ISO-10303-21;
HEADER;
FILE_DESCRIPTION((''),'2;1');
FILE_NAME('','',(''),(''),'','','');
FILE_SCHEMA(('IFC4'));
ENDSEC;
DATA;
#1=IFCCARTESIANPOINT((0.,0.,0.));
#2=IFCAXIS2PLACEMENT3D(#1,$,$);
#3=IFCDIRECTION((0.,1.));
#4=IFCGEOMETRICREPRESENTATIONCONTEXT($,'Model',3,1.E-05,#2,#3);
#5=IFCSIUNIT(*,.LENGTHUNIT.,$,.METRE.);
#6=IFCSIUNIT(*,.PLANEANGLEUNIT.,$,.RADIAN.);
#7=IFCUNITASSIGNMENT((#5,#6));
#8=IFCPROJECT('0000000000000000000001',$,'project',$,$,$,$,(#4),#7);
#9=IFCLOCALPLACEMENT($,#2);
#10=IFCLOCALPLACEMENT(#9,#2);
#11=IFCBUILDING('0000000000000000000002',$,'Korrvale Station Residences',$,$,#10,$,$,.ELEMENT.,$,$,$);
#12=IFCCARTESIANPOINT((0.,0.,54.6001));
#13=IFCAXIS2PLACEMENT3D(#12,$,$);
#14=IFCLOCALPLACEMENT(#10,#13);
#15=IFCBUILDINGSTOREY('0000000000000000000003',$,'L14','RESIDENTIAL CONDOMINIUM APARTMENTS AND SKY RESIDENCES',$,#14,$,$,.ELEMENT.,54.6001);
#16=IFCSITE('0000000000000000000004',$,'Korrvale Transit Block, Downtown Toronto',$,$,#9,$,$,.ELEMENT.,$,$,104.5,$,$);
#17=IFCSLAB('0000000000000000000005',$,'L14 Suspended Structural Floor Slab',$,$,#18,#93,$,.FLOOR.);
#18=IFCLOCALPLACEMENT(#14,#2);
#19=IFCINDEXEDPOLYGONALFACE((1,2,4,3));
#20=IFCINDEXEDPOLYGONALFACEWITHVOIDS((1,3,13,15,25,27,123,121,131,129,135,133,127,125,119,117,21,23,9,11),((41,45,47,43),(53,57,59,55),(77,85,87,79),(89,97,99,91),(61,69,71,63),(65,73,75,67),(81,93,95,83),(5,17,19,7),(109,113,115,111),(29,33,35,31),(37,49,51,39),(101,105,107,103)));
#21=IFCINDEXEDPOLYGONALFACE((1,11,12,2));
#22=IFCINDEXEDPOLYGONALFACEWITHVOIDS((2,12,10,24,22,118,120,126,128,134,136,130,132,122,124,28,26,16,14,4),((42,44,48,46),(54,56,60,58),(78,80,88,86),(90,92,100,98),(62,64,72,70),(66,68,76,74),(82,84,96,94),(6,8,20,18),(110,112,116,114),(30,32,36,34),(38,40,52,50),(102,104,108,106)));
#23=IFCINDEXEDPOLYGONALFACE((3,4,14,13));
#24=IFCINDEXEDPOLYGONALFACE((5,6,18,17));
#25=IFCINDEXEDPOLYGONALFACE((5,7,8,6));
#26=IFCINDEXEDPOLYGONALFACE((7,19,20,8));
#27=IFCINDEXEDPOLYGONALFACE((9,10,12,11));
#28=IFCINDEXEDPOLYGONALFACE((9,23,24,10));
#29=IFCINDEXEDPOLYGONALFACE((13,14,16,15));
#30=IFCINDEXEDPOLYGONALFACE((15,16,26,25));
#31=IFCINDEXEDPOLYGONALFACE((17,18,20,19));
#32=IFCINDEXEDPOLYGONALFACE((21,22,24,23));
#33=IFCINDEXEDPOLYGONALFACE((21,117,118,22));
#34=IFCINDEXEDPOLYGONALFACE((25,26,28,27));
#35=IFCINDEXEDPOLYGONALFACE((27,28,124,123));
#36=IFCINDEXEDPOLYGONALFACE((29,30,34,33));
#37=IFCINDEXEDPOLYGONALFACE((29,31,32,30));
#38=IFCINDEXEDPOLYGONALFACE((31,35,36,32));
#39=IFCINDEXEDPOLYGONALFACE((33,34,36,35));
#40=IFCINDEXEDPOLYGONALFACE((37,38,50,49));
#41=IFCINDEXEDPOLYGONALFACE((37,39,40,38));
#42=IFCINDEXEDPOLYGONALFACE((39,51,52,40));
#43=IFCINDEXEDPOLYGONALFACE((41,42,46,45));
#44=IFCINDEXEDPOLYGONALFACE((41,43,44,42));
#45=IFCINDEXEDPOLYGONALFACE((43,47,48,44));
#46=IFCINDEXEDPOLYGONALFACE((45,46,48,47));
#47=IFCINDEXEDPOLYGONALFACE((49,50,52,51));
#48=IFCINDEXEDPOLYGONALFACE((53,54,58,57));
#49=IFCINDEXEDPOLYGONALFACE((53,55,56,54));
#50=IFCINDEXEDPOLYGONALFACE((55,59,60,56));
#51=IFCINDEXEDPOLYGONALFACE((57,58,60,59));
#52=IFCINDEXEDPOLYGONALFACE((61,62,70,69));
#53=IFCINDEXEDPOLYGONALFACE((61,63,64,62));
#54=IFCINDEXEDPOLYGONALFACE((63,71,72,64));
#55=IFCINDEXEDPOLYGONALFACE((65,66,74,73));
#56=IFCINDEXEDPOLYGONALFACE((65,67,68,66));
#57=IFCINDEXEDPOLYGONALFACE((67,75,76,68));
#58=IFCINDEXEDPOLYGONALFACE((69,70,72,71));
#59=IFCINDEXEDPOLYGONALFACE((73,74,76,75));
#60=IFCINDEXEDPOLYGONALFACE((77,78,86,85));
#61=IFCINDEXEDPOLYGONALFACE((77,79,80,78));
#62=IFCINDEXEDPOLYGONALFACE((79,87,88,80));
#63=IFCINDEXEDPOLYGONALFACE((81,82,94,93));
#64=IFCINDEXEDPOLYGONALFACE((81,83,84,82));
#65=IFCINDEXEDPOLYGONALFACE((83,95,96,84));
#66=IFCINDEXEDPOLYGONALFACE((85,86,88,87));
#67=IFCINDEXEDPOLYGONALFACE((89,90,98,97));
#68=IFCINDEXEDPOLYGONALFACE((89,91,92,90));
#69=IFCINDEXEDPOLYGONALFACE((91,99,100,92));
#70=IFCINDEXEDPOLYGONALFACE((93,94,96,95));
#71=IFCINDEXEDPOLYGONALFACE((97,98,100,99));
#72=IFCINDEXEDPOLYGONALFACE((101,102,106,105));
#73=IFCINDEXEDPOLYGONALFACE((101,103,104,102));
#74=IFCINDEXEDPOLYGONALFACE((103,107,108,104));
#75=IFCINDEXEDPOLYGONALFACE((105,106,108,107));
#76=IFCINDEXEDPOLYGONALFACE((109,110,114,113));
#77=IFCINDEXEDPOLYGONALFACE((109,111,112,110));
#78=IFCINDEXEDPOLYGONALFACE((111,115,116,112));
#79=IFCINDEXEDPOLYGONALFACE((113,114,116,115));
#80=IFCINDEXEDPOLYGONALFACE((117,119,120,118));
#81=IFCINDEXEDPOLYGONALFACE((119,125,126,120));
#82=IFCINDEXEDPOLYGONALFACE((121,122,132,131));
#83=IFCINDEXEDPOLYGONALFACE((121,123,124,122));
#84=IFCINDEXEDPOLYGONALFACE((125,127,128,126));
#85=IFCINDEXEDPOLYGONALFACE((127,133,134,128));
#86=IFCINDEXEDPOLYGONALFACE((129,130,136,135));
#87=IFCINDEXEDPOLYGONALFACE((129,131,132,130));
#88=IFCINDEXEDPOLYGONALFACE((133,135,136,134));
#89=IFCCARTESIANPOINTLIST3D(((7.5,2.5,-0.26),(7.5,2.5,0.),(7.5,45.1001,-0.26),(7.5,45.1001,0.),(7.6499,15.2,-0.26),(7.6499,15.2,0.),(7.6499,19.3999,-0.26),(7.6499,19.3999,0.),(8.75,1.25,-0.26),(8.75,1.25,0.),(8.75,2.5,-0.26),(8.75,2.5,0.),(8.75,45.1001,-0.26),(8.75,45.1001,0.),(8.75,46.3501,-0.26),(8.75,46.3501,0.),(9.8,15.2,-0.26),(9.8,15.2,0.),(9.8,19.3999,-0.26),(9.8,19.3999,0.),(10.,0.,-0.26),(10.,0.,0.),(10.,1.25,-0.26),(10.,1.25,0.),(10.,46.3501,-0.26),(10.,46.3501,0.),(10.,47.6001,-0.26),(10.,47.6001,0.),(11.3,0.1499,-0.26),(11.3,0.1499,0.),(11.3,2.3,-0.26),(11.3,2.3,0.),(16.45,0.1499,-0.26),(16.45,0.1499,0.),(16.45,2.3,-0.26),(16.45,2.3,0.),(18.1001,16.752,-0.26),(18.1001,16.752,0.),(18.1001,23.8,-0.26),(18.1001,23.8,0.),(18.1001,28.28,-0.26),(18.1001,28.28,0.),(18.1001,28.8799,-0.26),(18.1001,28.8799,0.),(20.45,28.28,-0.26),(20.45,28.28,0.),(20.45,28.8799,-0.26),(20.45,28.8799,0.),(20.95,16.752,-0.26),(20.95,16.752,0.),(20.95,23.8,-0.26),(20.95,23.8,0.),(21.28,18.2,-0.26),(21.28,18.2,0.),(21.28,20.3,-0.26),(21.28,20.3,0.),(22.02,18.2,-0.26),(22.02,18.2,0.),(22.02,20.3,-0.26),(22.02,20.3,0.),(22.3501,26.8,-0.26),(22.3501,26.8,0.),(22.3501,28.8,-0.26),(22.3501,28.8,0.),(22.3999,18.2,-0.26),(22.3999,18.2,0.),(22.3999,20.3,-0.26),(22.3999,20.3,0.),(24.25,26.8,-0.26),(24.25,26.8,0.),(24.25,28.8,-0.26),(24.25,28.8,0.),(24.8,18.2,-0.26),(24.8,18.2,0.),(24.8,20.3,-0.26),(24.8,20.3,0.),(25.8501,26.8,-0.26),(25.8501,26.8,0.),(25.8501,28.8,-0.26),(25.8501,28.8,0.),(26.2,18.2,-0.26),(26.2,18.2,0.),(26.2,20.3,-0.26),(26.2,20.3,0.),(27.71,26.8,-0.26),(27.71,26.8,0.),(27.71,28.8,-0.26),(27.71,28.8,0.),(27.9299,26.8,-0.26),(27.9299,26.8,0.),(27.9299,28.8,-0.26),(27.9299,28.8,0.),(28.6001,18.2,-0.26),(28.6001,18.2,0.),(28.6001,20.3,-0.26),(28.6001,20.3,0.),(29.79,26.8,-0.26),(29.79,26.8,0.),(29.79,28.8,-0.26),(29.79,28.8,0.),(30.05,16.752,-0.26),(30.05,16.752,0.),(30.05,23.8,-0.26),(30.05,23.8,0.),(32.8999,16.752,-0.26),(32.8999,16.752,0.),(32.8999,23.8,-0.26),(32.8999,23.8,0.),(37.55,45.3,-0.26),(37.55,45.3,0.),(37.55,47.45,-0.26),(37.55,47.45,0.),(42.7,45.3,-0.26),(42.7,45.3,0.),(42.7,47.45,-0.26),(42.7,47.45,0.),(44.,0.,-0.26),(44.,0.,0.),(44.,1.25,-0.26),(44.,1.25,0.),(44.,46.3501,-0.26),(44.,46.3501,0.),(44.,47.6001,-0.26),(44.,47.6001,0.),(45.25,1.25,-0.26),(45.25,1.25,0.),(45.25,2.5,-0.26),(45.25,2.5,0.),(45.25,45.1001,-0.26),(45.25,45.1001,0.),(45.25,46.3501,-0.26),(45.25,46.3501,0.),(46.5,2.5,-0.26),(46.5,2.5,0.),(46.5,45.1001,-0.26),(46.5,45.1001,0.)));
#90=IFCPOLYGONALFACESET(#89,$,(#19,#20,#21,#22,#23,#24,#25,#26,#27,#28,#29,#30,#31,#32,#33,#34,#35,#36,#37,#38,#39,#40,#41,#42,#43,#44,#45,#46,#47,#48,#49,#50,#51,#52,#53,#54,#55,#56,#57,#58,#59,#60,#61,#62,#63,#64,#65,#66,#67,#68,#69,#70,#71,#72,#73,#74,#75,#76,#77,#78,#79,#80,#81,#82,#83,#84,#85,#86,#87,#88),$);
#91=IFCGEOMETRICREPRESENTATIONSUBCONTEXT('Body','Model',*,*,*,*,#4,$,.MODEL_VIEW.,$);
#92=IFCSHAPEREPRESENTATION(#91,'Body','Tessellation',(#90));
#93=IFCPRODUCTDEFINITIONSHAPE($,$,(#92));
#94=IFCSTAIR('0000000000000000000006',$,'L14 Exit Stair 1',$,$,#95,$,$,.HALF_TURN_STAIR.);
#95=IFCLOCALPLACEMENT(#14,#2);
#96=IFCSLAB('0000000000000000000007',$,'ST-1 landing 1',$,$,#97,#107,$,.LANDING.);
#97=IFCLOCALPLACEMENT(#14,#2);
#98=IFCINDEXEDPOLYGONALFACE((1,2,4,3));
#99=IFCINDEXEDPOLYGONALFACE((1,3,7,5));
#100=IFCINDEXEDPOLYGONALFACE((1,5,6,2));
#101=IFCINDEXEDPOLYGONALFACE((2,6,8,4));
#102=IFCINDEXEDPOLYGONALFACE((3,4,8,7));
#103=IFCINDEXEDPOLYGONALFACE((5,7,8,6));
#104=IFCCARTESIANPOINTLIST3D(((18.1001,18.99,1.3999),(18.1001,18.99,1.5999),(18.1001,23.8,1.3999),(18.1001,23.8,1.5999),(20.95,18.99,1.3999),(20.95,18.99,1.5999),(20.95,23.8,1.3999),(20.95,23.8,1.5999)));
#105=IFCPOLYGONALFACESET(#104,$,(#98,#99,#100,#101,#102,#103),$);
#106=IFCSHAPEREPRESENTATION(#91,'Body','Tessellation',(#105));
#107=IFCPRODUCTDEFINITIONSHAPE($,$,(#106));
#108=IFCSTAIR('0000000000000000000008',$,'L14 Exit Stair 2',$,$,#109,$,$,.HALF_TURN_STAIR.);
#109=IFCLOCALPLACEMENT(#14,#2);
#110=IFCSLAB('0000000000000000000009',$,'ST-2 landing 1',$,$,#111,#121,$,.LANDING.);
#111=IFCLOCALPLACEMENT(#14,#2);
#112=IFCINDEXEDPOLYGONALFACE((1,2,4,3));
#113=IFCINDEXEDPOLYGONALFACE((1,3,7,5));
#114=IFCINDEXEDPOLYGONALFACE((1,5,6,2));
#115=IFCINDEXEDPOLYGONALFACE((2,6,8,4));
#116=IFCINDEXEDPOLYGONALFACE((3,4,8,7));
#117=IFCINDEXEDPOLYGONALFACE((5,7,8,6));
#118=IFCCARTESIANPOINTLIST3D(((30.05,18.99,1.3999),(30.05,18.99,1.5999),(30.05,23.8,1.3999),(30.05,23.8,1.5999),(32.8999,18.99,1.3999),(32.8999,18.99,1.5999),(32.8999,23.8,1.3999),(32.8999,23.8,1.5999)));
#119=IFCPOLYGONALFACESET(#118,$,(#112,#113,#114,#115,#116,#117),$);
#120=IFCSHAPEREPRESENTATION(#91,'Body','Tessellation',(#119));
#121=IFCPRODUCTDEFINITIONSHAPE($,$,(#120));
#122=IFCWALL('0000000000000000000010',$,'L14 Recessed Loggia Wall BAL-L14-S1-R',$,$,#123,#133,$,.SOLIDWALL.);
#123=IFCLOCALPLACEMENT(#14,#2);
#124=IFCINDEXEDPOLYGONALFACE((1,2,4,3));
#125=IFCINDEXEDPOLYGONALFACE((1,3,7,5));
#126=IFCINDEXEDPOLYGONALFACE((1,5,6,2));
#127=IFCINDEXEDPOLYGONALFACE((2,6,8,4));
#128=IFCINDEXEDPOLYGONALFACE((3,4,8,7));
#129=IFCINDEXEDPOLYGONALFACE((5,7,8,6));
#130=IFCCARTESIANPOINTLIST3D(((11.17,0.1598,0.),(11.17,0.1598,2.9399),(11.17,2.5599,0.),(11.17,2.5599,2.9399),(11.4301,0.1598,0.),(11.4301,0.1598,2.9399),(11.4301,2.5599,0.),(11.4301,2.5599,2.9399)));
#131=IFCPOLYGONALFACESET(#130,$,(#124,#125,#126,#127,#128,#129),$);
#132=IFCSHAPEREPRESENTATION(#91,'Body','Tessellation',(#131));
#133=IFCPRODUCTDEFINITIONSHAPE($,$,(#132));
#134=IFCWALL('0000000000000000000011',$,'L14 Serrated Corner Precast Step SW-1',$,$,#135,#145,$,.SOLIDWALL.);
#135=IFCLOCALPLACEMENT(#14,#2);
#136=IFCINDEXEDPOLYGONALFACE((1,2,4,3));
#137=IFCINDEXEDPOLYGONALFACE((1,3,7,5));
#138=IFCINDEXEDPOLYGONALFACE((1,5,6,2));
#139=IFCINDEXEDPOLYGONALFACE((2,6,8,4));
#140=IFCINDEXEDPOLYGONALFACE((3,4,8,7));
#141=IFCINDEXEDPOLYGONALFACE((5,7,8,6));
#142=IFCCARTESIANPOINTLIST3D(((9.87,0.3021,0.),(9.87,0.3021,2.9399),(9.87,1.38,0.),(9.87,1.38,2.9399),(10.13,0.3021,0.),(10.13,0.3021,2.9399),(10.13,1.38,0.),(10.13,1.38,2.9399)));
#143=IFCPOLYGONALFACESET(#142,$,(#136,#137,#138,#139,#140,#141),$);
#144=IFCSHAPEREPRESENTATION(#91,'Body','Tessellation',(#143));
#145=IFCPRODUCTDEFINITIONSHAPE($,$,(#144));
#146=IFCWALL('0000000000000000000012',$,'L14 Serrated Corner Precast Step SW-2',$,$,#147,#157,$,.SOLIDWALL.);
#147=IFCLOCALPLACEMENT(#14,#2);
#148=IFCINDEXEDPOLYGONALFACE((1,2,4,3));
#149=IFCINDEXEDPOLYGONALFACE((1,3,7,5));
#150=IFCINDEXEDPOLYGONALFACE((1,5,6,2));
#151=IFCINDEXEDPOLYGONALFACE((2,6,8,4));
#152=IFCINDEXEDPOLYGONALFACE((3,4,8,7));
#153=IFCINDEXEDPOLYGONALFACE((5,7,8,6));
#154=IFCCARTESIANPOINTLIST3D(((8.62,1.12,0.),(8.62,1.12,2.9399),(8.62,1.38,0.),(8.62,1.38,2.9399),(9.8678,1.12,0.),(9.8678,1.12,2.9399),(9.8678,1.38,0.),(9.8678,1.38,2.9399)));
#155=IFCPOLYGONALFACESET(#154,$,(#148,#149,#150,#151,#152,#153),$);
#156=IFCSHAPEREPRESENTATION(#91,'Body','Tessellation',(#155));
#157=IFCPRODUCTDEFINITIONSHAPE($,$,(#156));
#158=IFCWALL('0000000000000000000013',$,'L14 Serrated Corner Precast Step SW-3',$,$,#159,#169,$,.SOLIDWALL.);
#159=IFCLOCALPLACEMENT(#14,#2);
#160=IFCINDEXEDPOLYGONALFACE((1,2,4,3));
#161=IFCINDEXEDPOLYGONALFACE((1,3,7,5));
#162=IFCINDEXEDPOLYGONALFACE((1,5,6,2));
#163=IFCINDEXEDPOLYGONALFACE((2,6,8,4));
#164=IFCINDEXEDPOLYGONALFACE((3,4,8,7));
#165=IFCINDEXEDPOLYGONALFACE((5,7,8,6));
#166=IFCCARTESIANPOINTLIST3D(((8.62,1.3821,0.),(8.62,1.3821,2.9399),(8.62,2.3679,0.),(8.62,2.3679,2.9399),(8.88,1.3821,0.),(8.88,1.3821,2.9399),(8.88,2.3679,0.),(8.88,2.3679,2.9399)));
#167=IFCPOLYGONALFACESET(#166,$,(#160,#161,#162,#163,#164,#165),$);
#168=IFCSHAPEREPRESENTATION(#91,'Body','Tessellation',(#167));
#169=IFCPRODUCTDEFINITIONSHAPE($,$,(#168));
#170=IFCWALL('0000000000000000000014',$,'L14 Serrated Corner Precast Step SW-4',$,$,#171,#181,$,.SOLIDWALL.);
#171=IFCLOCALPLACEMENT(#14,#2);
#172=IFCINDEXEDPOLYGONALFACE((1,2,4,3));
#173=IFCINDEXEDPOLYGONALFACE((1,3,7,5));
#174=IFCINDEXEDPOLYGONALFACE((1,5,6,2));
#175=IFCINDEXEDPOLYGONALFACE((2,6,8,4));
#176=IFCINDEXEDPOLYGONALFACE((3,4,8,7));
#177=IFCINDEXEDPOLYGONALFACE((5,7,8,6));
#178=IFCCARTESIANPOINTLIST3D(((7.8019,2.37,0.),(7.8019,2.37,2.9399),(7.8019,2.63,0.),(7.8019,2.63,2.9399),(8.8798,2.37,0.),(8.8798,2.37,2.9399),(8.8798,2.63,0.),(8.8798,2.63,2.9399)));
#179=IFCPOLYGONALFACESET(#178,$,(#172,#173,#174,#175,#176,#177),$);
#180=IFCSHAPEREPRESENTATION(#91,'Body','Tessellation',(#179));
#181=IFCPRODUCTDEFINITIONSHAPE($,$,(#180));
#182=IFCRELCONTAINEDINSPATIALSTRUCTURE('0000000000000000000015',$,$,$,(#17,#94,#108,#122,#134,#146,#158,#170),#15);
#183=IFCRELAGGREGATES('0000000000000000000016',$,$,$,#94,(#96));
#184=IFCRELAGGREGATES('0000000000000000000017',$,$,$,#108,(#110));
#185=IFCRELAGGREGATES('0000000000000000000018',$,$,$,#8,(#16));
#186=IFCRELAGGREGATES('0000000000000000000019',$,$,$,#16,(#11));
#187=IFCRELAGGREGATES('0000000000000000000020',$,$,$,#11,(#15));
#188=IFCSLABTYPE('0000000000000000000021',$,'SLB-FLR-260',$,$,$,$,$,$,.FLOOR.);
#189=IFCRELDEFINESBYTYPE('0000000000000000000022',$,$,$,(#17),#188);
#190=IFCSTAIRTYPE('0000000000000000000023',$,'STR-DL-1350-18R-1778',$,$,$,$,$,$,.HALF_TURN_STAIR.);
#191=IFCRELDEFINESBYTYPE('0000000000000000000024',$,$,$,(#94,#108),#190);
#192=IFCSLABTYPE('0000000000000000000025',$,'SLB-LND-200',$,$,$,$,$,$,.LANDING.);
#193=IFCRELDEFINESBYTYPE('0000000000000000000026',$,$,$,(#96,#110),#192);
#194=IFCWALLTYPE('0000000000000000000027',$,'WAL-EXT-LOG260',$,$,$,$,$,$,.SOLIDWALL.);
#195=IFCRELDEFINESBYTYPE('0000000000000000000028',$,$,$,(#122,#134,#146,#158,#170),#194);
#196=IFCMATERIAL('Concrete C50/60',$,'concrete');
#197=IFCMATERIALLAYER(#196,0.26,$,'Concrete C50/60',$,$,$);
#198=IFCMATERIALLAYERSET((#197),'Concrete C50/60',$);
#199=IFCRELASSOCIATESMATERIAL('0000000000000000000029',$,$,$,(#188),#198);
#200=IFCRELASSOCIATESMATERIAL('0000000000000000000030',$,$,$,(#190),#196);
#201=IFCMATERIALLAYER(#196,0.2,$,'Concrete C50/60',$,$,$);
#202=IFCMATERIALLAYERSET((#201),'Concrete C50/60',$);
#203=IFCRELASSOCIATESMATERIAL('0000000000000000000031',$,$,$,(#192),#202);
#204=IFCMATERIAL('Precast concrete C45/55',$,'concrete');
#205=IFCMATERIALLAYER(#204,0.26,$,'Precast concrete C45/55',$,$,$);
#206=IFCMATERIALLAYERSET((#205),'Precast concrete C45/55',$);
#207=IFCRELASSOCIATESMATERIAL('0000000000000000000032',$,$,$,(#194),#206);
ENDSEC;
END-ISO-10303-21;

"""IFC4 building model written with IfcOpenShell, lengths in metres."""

from ifc_helpers import new_model, si_unit, direction, frame, frame_2d, origin, place, context, subcontext, project, spatial, polyline, rectangle, outline, extrude, material, layer, layer_set, type_object, element, aggregate, save


model = new_model("IFC4")

# Units and contexts
model_context = context("Model", 3, precision=1e-05, world=origin(), true_north=direction((0.0, 1.0)))
body_context = subcontext(model_context, "Body", "Model", "MODEL_VIEW")
ifc_project = project(units=[si_unit("LENGTHUNIT", "METRE"), si_unit("PLANEANGLEUNIT", "RADIAN")], contexts=[model_context])

# Site, building, storey
site_placement = place(None, origin())
site = spatial("IfcSite", under=ifc_project, at=site_placement, Name="Korrvale Transit Block, Downtown Toronto", CompositionType="ELEMENT", RefElevation=104.5)
building_placement = place(site_placement, origin())
building = spatial("IfcBuilding", under=site, at=building_placement, Name="Korrvale Station Residences", CompositionType="ELEMENT")
storey_placement = place(building_placement, frame((0.0, 0.0, 54.6001)))
storey = spatial("IfcBuildingStorey", under=building, at=storey_placement, Name="L14", Description="RESIDENTIAL CONDOMINIUM APARTMENTS AND SKY RESIDENCES", CompositionType="ELEMENT", Elevation=54.6001)

# Slab
ifc_material_1 = material(Name="Concrete C50/60", Category="concrete")
ifc_layer_1 = layer(ifc_material_1, 0.26, Name="Concrete C50/60")
ifc_layer_set_1 = layer_set([ifc_layer_1], Name="Concrete C50/60")
slab_type_1 = type_object("IfcSlabType", Name="SLB-FLR-260", PredefinedType="FLOOR", material=ifc_layer_set_1)
slab_1_placement = place(storey_placement, frame((0.0, 0.0, -0.26)))
element("IfcSlab", 1, at=slab_1_placement, inside=storey, type_object=slab_type_1, Name="L14 Suspended Structural Floor Slab", PredefinedType="FLOOR", context=body_context, shape_type="SweptSolid", body=[
    extrude(outline(polyline([(10.0, 0.0), (44.0, 0.0), (44.0, 1.25), (45.25, 1.25), (45.25, 2.5), (46.5, 2.5), (46.5, 45.1001), (45.25, 45.1001), (45.25, 46.3501), (44.0, 46.3501), (44.0, 47.6001), (10.0, 47.6001), (10.0, 46.3501), (8.75, 46.3501), (8.75, 45.1001), (7.5, 45.1001), (7.5, 2.5), (8.75, 2.5), (8.75, 1.25), (10.0, 1.25), (10.0, 0.0)]), holes=[polyline([(20.95, 16.752), (20.95, 23.8), (18.1001, 23.8), (18.1001, 16.752), (20.95, 16.752)]), polyline([(32.8999, 16.752), (32.8999, 23.8), (30.05, 23.8), (30.05, 16.752), (32.8999, 16.752)]), polyline([(22.3501, 26.8), (24.25, 26.8), (24.25, 28.8), (22.3501, 28.8), (22.3501, 26.8)]), polyline([(25.8501, 26.8), (27.71, 26.8), (27.71, 28.8), (25.8501, 28.8), (25.8501, 26.8)]), polyline([(27.9299, 26.8), (29.79, 26.8), (29.79, 28.8), (27.9299, 28.8), (27.9299, 26.8)]), polyline([(22.3999, 18.2), (24.8, 18.2), (24.8, 20.3), (22.3999, 20.3), (22.3999, 18.2)]), polyline([(26.2, 18.2), (28.6001, 18.2), (28.6001, 20.3), (26.2, 20.3), (26.2, 18.2)]), polyline([(18.1001, 28.28), (20.45, 28.28), (20.45, 28.8799), (18.1001, 28.8799), (18.1001, 28.28)]), polyline([(21.28, 18.2), (22.02, 18.2), (22.02, 20.3), (21.28, 20.3), (21.28, 18.2)]), polyline([(11.3, 0.1499), (16.45, 0.1499), (16.45, 2.3), (11.3, 2.3), (11.3, 0.1499)]), polyline([(37.55, 45.3), (42.7, 45.3), (42.7, 47.45), (37.55, 47.45), (37.55, 45.3)]), polyline([(7.6499, 15.2), (9.8, 15.2), (9.8, 19.3999), (7.6499, 19.3999), (7.6499, 15.2)])]), origin(), (0.0, 0.0, 1.0), 0.26),
])

# Stairs, slabs
stair_type = type_object("IfcStairType", Name="STR-DL-1350-18R-1778", PredefinedType="HALF_TURN_STAIR", material=ifc_material_1)
stair_1_placement = place(storey_placement, origin())
stair_1 = element("IfcStair", 2, at=stair_1_placement, inside=storey, type_object=stair_type, Name="L14 Exit Stair 1", PredefinedType="HALF_TURN_STAIR")
ifc_layer_2 = layer(ifc_material_1, 0.2, Name="Concrete C50/60")
ifc_layer_set_2 = layer_set([ifc_layer_2], Name="Concrete C50/60")
slab_type_2 = type_object("IfcSlabType", Name="SLB-LND-200", PredefinedType="LANDING", material=ifc_layer_set_2)
slab_2_placement = place(storey_placement, frame((0.0, 0.0, 1.3999)))
slab_2 = element("IfcSlab", 3, at=slab_2_placement, type_object=slab_type_2, Name="ST-1 landing 1", PredefinedType="LANDING", context=body_context, shape_type="SweptSolid", body=[
    extrude(outline(polyline([(20.95, 18.99), (20.95, 23.8), (18.1001, 23.8), (18.1001, 18.99), (20.95, 18.99)])), origin(), (0.0, 0.0, 1.0), 0.2),
])
aggregate(stair_1, [slab_2])
stair_2_placement = place(storey_placement, origin())
stair_2 = element("IfcStair", 4, at=stair_2_placement, inside=storey, type_object=stair_type, Name="L14 Exit Stair 2", PredefinedType="HALF_TURN_STAIR")
slab_3_placement = place(storey_placement, frame((0.0, 0.0, 1.3999)))
slab_3 = element("IfcSlab", 5, at=slab_3_placement, type_object=slab_type_2, Name="ST-2 landing 1", PredefinedType="LANDING", context=body_context, shape_type="SweptSolid", body=[
    extrude(outline(polyline([(32.8999, 18.99), (32.8999, 23.8), (30.05, 23.8), (30.05, 18.99), (32.8999, 18.99)])), origin(), (0.0, 0.0, 1.0), 0.2),
])
aggregate(stair_2, [slab_3])

# Walls
ifc_material_2 = material(Name="Precast concrete C45/55", Category="concrete")
ifc_layer_3 = layer(ifc_material_2, 0.26, Name="Precast concrete C45/55")
ifc_layer_set_3 = layer_set([ifc_layer_3], Name="Precast concrete C45/55")
wall_type_1 = type_object("IfcWallType", Name="WAL-EXT-LOG260", PredefinedType="SOLIDWALL", material=ifc_layer_set_3)
wall_1_placement = place(storey_placement, frame((11.3, 2.5601, 0.0), z_axis=(0.0, 0.0, 1.0), x_axis=(0.0, -1.0, 0.0)))
element("IfcWall", 6, at=wall_1_placement, inside=storey, type_object=wall_type_1, Name="L14 Recessed Loggia Wall BAL-L14-S1-R", PredefinedType="SOLIDWALL", context=body_context, shape_type="SweptSolid", body=[
    extrude(rectangle(XDim=2.4001, YDim=0.26, at=frame_2d((1.2002, 0.0))), origin(), (0.0, 0.0, 1.0), 2.9399),
])
wall_2_placement = place(storey_placement, frame((10.0, 0.302, 0.0), z_axis=(0.0, 0.0, 1.0), x_axis=(0.0, 1.0, 0.0)))
element("IfcWall", 7, at=wall_2_placement, inside=storey, type_object=wall_type_1, Name="L14 Serrated Corner Precast Step SW-1", PredefinedType="SOLIDWALL", context=body_context, shape_type="SweptSolid", body=[
    extrude(rectangle(XDim=1.0779, YDim=0.26, at=frame_2d((0.5391, 0.0))), origin(), (0.0, 0.0, 1.0), 2.9399),
])
wall_3_placement = place(storey_placement, frame((9.8679, 1.25, 0.0), z_axis=(0.0, 0.0, 1.0), x_axis=(-1.0, 0.0, 0.0)))
element("IfcWall", 8, at=wall_3_placement, inside=storey, type_object=wall_type_1, Name="L14 Serrated Corner Precast Step SW-2", PredefinedType="SOLIDWALL", context=body_context, shape_type="SweptSolid", body=[
    extrude(rectangle(XDim=1.2478, YDim=0.26, at=frame_2d((0.624, 0.0))), origin(), (0.0, 0.0, 1.0), 2.9399),
])
wall_4_placement = place(storey_placement, frame((8.75, 1.3821, 0.0), z_axis=(0.0, 0.0, 1.0), x_axis=(0.0, 1.0, 0.0)))
element("IfcWall", 9, at=wall_4_placement, inside=storey, type_object=wall_type_1, Name="L14 Serrated Corner Precast Step SW-3", PredefinedType="SOLIDWALL", context=body_context, shape_type="SweptSolid", body=[
    extrude(rectangle(XDim=0.9858, YDim=0.26, at=frame_2d((0.4929, 0.0))), origin(), (0.0, 0.0, 1.0), 2.9399),
])
wall_5_placement = place(storey_placement, frame((8.8799, 2.5, 0.0), z_axis=(0.0, 0.0, 1.0), x_axis=(-1.0, 0.0, 0.0)))
element("IfcWall", 10, at=wall_5_placement, inside=storey, type_object=wall_type_1, Name="L14 Serrated Corner Precast Step SW-4", PredefinedType="SOLIDWALL", context=body_context, shape_type="SweptSolid", body=[
    extrude(rectangle(XDim=1.0779, YDim=0.26, at=frame_2d((0.5391, 0.0))), origin(), (0.0, 0.0, 1.0), 2.9399),
])

save(model, "model.ifc")
